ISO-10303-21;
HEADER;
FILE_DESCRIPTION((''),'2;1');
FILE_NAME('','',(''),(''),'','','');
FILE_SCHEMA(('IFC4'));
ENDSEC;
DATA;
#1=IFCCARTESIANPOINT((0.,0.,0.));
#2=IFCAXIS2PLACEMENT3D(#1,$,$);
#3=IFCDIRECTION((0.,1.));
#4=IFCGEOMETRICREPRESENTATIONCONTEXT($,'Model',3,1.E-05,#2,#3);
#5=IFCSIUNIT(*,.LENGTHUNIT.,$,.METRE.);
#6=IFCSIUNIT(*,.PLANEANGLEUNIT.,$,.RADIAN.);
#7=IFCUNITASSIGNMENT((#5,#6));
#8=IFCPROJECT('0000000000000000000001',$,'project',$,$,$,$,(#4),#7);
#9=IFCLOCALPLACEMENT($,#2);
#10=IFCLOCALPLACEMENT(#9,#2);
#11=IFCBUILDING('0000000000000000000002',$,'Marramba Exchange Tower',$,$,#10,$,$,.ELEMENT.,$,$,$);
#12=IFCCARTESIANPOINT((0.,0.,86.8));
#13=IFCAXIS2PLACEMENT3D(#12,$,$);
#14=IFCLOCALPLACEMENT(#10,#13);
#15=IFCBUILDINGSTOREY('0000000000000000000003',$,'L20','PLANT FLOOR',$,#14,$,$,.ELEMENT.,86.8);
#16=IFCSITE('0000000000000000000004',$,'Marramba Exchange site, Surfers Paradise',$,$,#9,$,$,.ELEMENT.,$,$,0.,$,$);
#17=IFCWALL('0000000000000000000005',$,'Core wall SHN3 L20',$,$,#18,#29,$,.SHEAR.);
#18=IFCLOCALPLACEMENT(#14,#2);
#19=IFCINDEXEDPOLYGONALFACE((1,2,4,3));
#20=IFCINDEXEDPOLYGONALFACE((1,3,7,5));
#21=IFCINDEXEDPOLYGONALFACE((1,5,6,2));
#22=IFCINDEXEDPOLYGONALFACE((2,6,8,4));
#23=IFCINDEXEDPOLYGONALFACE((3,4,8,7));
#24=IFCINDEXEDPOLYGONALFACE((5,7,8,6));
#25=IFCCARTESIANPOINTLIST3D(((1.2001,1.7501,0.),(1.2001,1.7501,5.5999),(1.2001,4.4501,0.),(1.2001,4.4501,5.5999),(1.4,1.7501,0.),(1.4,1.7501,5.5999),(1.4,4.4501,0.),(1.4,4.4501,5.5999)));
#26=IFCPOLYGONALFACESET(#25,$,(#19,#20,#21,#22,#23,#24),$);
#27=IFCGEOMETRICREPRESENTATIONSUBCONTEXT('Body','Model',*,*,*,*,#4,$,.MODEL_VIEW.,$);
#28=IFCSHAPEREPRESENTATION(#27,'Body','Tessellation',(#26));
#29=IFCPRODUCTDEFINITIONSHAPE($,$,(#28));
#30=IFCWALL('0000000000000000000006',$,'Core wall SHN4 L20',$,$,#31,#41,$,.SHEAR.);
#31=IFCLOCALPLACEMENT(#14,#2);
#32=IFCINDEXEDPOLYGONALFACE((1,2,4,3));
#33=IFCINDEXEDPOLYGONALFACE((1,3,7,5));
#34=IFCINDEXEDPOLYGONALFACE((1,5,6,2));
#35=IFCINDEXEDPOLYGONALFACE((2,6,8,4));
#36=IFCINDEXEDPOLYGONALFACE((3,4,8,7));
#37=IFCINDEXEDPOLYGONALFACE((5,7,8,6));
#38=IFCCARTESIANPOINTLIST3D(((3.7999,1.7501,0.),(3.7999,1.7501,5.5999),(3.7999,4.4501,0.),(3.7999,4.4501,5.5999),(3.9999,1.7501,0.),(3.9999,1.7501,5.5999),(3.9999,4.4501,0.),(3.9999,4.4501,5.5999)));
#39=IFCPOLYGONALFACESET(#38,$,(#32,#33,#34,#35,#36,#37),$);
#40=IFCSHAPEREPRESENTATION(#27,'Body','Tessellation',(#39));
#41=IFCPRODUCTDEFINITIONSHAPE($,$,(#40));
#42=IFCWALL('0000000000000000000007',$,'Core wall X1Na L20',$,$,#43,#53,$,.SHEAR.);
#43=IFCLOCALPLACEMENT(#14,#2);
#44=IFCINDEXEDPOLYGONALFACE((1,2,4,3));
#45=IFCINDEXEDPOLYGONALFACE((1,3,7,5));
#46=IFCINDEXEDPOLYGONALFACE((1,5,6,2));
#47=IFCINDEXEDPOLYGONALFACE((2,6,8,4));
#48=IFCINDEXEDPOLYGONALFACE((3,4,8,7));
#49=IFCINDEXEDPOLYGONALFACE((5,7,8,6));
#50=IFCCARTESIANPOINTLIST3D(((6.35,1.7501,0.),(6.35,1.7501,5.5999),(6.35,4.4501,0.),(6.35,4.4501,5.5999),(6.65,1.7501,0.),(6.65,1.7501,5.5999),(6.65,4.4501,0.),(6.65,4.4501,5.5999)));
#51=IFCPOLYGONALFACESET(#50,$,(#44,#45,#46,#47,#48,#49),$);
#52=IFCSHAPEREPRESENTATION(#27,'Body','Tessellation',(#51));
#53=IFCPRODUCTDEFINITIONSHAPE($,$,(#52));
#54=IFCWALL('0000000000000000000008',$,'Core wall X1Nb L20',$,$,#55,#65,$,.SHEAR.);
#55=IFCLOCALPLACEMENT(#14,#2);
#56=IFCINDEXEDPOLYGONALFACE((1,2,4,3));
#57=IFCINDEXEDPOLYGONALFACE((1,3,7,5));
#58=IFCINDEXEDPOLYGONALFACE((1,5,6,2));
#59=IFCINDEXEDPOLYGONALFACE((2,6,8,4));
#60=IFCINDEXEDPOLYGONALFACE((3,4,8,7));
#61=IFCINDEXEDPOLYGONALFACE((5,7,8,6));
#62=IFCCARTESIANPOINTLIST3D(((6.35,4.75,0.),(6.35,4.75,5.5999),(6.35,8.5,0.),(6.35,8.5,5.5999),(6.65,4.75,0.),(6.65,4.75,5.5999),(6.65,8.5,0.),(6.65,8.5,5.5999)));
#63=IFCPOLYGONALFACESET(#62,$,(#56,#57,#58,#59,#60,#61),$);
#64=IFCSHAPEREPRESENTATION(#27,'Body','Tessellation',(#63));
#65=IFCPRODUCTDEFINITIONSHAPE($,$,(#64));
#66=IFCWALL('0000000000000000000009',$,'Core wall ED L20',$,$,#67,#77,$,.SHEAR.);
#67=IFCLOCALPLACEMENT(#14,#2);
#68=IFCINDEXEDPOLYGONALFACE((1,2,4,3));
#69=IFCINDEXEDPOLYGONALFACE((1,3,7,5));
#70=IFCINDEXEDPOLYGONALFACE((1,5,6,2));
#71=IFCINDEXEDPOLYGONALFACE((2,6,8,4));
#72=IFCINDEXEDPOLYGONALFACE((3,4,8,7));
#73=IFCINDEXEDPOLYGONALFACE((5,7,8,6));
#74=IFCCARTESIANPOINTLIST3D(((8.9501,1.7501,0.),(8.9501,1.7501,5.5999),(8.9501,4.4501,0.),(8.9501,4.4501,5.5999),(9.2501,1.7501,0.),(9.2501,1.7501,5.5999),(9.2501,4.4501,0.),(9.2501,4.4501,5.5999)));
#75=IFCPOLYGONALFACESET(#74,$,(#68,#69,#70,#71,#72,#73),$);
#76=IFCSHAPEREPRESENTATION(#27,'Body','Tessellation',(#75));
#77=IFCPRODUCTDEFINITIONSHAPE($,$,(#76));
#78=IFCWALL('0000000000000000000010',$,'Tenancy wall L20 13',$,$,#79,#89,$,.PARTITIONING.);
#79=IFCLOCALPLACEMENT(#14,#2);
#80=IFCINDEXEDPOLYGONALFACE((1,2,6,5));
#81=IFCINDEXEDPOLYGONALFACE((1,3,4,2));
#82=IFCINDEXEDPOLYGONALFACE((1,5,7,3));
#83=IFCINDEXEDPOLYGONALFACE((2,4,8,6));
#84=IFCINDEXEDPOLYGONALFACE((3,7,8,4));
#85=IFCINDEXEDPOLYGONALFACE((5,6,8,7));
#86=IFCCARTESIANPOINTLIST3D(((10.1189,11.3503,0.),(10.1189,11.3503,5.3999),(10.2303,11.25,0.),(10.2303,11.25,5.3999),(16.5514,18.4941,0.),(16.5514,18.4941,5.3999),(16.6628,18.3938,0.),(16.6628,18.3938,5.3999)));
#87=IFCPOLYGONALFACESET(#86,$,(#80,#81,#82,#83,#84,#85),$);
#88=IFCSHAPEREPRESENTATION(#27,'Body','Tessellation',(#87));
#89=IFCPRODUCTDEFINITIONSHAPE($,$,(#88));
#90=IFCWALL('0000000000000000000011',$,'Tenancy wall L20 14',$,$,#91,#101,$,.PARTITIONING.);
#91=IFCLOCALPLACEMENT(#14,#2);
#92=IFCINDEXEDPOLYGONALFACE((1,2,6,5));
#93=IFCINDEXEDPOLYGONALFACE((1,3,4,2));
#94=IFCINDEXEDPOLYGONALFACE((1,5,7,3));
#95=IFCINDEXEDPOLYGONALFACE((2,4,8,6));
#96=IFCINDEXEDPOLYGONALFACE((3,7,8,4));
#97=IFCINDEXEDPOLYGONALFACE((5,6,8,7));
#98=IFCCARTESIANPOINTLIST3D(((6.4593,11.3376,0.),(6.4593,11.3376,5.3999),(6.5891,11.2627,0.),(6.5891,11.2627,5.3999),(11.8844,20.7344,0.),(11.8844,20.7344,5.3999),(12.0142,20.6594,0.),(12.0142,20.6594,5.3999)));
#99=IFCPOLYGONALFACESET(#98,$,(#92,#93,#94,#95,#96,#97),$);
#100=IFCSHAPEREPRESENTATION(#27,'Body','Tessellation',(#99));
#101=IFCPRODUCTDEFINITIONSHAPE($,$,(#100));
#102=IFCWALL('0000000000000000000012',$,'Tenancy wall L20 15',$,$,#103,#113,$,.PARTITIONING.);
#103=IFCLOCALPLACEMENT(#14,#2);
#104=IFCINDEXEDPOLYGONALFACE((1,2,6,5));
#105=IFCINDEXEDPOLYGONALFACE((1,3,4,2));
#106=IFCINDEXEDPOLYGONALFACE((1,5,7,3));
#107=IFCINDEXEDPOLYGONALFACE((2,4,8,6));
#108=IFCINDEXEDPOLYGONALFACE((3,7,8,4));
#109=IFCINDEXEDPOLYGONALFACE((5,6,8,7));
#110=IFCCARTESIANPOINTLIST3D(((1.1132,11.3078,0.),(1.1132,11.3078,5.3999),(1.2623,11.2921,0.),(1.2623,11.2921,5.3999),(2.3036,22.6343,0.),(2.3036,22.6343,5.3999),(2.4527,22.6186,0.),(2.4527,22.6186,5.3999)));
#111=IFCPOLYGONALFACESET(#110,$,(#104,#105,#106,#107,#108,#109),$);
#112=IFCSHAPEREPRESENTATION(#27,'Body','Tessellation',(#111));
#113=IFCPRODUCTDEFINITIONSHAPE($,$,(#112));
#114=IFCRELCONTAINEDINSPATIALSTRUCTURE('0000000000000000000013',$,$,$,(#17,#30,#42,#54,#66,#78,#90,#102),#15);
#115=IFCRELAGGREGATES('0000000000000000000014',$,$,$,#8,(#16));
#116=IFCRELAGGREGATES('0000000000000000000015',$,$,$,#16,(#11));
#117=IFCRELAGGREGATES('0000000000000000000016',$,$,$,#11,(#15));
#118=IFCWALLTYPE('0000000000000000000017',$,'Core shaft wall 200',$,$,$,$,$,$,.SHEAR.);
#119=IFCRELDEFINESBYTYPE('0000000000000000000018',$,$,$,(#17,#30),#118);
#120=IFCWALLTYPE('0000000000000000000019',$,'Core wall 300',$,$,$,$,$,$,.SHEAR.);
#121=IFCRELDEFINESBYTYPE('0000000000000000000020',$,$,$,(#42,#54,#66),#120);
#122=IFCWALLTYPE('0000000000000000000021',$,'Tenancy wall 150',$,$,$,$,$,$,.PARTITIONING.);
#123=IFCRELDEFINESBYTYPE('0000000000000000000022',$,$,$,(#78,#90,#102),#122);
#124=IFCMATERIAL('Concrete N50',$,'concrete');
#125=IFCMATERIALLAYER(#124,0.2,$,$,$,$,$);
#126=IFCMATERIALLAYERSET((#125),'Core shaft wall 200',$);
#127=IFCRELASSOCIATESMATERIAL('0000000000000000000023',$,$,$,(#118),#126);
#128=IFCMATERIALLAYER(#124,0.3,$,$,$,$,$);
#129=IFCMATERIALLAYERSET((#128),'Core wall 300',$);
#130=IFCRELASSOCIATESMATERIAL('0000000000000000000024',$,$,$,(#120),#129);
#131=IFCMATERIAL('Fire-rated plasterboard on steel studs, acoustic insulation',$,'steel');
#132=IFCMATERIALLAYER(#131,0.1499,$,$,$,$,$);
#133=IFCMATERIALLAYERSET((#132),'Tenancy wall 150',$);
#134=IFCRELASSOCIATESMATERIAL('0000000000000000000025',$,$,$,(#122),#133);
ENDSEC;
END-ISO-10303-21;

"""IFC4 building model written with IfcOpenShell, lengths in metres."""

from ifc_helpers import new_model, si_unit, direction, frame, frame_2d, origin, place, context, subcontext, project, spatial, rectangle, extrude, material, layer, layer_set, type_object, element, save


model = new_model("IFC4")

# Units and contexts
model_context = context("Model", 3, precision=1e-05, world=origin(), true_north=direction((0.0, 1.0)))
body_context = subcontext(model_context, "Body", "Model", "MODEL_VIEW")
ifc_project = project(units=[si_unit("LENGTHUNIT", "METRE"), si_unit("PLANEANGLEUNIT", "RADIAN")], contexts=[model_context])

# Site, building, storey
site_placement = place(None, origin())
site = spatial("IfcSite", under=ifc_project, at=site_placement, Name="Marramba Exchange site, Surfers Paradise", CompositionType="ELEMENT", RefElevation=0.0)
building_placement = place(site_placement, origin())
building = spatial("IfcBuilding", under=site, at=building_placement, Name="Marramba Exchange Tower", CompositionType="ELEMENT")
storey_placement = place(building_placement, frame((0.0, 0.0, 86.8)))
storey = spatial("IfcBuildingStorey", under=building, at=storey_placement, Name="L20", Description="PLANT FLOOR", CompositionType="ELEMENT", Elevation=86.8)

# Walls
ifc_material_1 = material(Name="Concrete N50", Category="concrete")
ifc_layer_1 = layer(ifc_material_1, 0.2)
ifc_layer_set_1 = layer_set([ifc_layer_1], Name="Core shaft wall 200")
wall_type_1 = type_object("IfcWallType", Name="Core shaft wall 200", PredefinedType="SHEAR", material=ifc_layer_set_1)
for number, where, z_axis, x_axis, name in (
    (1, (1.3, 1.75, 0.0), (0.0, 0.0, 1.0), (0.0, 1.0, 0.0), "Core wall SHN3 L20"),
    (2, (3.8999, 1.75, 0.0), (0.0, 0.0, 1.0), (0.0, 1.0, 0.0), "Core wall SHN4 L20"),
):
    element("IfcWall", number, at=place(storey_placement, frame(where, z_axis=z_axis, x_axis=x_axis)), inside=storey, type_object=wall_type_1, Name=name, PredefinedType="SHEAR", context=body_context, shape_type="SweptSolid", body=[
        extrude(rectangle(XDim=2.7, YDim=0.2, at=frame_2d((1.3501, 0.0))), origin(), (0.0, 0.0, 1.0), 5.5999),
    ])

# Walls
ifc_layer_2 = layer(ifc_material_1, 0.3)
ifc_layer_set_2 = layer_set([ifc_layer_2], Name="Core wall 300")
wall_type_2 = type_object("IfcWallType", Name="Core wall 300", PredefinedType="SHEAR", material=ifc_layer_set_2)
wall_1_placement = place(storey_placement, frame((6.5, 1.75, 0.0), z_axis=(0.0, 0.0, 1.0), x_axis=(0.0, 1.0, 0.0)))
element("IfcWall", 3, at=wall_1_placement, inside=storey, type_object=wall_type_2, Name="Core wall X1Na L20", PredefinedType="SHEAR", context=body_context, shape_type="SweptSolid", body=[
    extrude(rectangle(XDim=2.7, YDim=0.3, at=frame_2d((1.3501, 0.0))), origin(), (0.0, 0.0, 1.0), 5.5999),
])
wall_2_placement = place(storey_placement, frame((6.5, 4.75, 0.0), z_axis=(0.0, 0.0, 1.0), x_axis=(0.0, 1.0, 0.0)))
element("IfcWall", 4, at=wall_2_placement, inside=storey, type_object=wall_type_2, Name="Core wall X1Nb L20", PredefinedType="SHEAR", context=body_context, shape_type="SweptSolid", body=[
    extrude(rectangle(XDim=3.75, YDim=0.3, at=frame_2d((1.875, 0.0))), origin(), (0.0, 0.0, 1.0), 5.5999),
])
wall_3_placement = place(storey_placement, frame((9.1001, 1.75, 0.0), z_axis=(0.0, 0.0, 1.0), x_axis=(0.0, 1.0, 0.0)))
element("IfcWall", 5, at=wall_3_placement, inside=storey, type_object=wall_type_2, Name="Core wall ED L20", PredefinedType="SHEAR", context=body_context, shape_type="SweptSolid", body=[
    extrude(rectangle(XDim=2.7, YDim=0.3, at=frame_2d((1.3501, 0.0))), origin(), (0.0, 0.0, 1.0), 5.5999),
])
ifc_material_2 = material(Name="Fire-rated plasterboard on steel studs, acoustic insulation", Category="steel")
ifc_layer_3 = layer(ifc_material_2, 0.1499)
ifc_layer_set_3 = layer_set([ifc_layer_3], Name="Tenancy wall 150")
wall_type_3 = type_object("IfcWallType", Name="Tenancy wall 150", PredefinedType="PARTITIONING", material=ifc_layer_set_3)
wall_4_placement = place(storey_placement, frame((10.1746, 11.3, 0.0), z_axis=(0.0, 0.0, 1.0), x_axis=(0.669134, 0.743141, 0.0)))
element("IfcWall", 6, at=wall_4_placement, inside=storey, type_object=wall_type_3, Name="Tenancy wall L20 13", PredefinedType="PARTITIONING", context=body_context, shape_type="SweptSolid", body=[
    extrude(rectangle(XDim=9.613, YDim=0.1499, at=frame_2d((4.8066, 0.0))), origin(), (0.0, 0.0, 1.0), 5.3999),
])
wall_5_placement = place(storey_placement, frame((6.5242, 11.3, 0.0), z_axis=(0.0, 0.0, 1.0), x_axis=(0.499989, 0.866032, 0.0)))
element("IfcWall", 7, at=wall_5_placement, inside=storey, type_object=wall_type_3, Name="Tenancy wall L20 14", PredefinedType="PARTITIONING", context=body_context, shape_type="SweptSolid", body=[
    extrude(rectangle(XDim=10.8503, YDim=0.1499, at=frame_2d((5.4253, 0.0))), origin(), (0.0, 0.0, 1.0), 5.3999),
])
wall_6_placement = place(storey_placement, frame((1.1877, 11.3, 0.0), z_axis=(0.0, 0.0, 1.0), x_axis=(0.104526, 0.994522, 0.0)))
element("IfcWall", 8, at=wall_6_placement, inside=storey, type_object=wall_type_3, Name="Tenancy wall L20 15", PredefinedType="PARTITIONING", context=body_context, shape_type="SweptSolid", body=[
    extrude(rectangle(XDim=11.3889, YDim=0.1499, at=frame_2d((5.6943, 0.0))), origin(), (0.0, 0.0, 1.0), 5.3999),
])

save(model, "model.ifc")
